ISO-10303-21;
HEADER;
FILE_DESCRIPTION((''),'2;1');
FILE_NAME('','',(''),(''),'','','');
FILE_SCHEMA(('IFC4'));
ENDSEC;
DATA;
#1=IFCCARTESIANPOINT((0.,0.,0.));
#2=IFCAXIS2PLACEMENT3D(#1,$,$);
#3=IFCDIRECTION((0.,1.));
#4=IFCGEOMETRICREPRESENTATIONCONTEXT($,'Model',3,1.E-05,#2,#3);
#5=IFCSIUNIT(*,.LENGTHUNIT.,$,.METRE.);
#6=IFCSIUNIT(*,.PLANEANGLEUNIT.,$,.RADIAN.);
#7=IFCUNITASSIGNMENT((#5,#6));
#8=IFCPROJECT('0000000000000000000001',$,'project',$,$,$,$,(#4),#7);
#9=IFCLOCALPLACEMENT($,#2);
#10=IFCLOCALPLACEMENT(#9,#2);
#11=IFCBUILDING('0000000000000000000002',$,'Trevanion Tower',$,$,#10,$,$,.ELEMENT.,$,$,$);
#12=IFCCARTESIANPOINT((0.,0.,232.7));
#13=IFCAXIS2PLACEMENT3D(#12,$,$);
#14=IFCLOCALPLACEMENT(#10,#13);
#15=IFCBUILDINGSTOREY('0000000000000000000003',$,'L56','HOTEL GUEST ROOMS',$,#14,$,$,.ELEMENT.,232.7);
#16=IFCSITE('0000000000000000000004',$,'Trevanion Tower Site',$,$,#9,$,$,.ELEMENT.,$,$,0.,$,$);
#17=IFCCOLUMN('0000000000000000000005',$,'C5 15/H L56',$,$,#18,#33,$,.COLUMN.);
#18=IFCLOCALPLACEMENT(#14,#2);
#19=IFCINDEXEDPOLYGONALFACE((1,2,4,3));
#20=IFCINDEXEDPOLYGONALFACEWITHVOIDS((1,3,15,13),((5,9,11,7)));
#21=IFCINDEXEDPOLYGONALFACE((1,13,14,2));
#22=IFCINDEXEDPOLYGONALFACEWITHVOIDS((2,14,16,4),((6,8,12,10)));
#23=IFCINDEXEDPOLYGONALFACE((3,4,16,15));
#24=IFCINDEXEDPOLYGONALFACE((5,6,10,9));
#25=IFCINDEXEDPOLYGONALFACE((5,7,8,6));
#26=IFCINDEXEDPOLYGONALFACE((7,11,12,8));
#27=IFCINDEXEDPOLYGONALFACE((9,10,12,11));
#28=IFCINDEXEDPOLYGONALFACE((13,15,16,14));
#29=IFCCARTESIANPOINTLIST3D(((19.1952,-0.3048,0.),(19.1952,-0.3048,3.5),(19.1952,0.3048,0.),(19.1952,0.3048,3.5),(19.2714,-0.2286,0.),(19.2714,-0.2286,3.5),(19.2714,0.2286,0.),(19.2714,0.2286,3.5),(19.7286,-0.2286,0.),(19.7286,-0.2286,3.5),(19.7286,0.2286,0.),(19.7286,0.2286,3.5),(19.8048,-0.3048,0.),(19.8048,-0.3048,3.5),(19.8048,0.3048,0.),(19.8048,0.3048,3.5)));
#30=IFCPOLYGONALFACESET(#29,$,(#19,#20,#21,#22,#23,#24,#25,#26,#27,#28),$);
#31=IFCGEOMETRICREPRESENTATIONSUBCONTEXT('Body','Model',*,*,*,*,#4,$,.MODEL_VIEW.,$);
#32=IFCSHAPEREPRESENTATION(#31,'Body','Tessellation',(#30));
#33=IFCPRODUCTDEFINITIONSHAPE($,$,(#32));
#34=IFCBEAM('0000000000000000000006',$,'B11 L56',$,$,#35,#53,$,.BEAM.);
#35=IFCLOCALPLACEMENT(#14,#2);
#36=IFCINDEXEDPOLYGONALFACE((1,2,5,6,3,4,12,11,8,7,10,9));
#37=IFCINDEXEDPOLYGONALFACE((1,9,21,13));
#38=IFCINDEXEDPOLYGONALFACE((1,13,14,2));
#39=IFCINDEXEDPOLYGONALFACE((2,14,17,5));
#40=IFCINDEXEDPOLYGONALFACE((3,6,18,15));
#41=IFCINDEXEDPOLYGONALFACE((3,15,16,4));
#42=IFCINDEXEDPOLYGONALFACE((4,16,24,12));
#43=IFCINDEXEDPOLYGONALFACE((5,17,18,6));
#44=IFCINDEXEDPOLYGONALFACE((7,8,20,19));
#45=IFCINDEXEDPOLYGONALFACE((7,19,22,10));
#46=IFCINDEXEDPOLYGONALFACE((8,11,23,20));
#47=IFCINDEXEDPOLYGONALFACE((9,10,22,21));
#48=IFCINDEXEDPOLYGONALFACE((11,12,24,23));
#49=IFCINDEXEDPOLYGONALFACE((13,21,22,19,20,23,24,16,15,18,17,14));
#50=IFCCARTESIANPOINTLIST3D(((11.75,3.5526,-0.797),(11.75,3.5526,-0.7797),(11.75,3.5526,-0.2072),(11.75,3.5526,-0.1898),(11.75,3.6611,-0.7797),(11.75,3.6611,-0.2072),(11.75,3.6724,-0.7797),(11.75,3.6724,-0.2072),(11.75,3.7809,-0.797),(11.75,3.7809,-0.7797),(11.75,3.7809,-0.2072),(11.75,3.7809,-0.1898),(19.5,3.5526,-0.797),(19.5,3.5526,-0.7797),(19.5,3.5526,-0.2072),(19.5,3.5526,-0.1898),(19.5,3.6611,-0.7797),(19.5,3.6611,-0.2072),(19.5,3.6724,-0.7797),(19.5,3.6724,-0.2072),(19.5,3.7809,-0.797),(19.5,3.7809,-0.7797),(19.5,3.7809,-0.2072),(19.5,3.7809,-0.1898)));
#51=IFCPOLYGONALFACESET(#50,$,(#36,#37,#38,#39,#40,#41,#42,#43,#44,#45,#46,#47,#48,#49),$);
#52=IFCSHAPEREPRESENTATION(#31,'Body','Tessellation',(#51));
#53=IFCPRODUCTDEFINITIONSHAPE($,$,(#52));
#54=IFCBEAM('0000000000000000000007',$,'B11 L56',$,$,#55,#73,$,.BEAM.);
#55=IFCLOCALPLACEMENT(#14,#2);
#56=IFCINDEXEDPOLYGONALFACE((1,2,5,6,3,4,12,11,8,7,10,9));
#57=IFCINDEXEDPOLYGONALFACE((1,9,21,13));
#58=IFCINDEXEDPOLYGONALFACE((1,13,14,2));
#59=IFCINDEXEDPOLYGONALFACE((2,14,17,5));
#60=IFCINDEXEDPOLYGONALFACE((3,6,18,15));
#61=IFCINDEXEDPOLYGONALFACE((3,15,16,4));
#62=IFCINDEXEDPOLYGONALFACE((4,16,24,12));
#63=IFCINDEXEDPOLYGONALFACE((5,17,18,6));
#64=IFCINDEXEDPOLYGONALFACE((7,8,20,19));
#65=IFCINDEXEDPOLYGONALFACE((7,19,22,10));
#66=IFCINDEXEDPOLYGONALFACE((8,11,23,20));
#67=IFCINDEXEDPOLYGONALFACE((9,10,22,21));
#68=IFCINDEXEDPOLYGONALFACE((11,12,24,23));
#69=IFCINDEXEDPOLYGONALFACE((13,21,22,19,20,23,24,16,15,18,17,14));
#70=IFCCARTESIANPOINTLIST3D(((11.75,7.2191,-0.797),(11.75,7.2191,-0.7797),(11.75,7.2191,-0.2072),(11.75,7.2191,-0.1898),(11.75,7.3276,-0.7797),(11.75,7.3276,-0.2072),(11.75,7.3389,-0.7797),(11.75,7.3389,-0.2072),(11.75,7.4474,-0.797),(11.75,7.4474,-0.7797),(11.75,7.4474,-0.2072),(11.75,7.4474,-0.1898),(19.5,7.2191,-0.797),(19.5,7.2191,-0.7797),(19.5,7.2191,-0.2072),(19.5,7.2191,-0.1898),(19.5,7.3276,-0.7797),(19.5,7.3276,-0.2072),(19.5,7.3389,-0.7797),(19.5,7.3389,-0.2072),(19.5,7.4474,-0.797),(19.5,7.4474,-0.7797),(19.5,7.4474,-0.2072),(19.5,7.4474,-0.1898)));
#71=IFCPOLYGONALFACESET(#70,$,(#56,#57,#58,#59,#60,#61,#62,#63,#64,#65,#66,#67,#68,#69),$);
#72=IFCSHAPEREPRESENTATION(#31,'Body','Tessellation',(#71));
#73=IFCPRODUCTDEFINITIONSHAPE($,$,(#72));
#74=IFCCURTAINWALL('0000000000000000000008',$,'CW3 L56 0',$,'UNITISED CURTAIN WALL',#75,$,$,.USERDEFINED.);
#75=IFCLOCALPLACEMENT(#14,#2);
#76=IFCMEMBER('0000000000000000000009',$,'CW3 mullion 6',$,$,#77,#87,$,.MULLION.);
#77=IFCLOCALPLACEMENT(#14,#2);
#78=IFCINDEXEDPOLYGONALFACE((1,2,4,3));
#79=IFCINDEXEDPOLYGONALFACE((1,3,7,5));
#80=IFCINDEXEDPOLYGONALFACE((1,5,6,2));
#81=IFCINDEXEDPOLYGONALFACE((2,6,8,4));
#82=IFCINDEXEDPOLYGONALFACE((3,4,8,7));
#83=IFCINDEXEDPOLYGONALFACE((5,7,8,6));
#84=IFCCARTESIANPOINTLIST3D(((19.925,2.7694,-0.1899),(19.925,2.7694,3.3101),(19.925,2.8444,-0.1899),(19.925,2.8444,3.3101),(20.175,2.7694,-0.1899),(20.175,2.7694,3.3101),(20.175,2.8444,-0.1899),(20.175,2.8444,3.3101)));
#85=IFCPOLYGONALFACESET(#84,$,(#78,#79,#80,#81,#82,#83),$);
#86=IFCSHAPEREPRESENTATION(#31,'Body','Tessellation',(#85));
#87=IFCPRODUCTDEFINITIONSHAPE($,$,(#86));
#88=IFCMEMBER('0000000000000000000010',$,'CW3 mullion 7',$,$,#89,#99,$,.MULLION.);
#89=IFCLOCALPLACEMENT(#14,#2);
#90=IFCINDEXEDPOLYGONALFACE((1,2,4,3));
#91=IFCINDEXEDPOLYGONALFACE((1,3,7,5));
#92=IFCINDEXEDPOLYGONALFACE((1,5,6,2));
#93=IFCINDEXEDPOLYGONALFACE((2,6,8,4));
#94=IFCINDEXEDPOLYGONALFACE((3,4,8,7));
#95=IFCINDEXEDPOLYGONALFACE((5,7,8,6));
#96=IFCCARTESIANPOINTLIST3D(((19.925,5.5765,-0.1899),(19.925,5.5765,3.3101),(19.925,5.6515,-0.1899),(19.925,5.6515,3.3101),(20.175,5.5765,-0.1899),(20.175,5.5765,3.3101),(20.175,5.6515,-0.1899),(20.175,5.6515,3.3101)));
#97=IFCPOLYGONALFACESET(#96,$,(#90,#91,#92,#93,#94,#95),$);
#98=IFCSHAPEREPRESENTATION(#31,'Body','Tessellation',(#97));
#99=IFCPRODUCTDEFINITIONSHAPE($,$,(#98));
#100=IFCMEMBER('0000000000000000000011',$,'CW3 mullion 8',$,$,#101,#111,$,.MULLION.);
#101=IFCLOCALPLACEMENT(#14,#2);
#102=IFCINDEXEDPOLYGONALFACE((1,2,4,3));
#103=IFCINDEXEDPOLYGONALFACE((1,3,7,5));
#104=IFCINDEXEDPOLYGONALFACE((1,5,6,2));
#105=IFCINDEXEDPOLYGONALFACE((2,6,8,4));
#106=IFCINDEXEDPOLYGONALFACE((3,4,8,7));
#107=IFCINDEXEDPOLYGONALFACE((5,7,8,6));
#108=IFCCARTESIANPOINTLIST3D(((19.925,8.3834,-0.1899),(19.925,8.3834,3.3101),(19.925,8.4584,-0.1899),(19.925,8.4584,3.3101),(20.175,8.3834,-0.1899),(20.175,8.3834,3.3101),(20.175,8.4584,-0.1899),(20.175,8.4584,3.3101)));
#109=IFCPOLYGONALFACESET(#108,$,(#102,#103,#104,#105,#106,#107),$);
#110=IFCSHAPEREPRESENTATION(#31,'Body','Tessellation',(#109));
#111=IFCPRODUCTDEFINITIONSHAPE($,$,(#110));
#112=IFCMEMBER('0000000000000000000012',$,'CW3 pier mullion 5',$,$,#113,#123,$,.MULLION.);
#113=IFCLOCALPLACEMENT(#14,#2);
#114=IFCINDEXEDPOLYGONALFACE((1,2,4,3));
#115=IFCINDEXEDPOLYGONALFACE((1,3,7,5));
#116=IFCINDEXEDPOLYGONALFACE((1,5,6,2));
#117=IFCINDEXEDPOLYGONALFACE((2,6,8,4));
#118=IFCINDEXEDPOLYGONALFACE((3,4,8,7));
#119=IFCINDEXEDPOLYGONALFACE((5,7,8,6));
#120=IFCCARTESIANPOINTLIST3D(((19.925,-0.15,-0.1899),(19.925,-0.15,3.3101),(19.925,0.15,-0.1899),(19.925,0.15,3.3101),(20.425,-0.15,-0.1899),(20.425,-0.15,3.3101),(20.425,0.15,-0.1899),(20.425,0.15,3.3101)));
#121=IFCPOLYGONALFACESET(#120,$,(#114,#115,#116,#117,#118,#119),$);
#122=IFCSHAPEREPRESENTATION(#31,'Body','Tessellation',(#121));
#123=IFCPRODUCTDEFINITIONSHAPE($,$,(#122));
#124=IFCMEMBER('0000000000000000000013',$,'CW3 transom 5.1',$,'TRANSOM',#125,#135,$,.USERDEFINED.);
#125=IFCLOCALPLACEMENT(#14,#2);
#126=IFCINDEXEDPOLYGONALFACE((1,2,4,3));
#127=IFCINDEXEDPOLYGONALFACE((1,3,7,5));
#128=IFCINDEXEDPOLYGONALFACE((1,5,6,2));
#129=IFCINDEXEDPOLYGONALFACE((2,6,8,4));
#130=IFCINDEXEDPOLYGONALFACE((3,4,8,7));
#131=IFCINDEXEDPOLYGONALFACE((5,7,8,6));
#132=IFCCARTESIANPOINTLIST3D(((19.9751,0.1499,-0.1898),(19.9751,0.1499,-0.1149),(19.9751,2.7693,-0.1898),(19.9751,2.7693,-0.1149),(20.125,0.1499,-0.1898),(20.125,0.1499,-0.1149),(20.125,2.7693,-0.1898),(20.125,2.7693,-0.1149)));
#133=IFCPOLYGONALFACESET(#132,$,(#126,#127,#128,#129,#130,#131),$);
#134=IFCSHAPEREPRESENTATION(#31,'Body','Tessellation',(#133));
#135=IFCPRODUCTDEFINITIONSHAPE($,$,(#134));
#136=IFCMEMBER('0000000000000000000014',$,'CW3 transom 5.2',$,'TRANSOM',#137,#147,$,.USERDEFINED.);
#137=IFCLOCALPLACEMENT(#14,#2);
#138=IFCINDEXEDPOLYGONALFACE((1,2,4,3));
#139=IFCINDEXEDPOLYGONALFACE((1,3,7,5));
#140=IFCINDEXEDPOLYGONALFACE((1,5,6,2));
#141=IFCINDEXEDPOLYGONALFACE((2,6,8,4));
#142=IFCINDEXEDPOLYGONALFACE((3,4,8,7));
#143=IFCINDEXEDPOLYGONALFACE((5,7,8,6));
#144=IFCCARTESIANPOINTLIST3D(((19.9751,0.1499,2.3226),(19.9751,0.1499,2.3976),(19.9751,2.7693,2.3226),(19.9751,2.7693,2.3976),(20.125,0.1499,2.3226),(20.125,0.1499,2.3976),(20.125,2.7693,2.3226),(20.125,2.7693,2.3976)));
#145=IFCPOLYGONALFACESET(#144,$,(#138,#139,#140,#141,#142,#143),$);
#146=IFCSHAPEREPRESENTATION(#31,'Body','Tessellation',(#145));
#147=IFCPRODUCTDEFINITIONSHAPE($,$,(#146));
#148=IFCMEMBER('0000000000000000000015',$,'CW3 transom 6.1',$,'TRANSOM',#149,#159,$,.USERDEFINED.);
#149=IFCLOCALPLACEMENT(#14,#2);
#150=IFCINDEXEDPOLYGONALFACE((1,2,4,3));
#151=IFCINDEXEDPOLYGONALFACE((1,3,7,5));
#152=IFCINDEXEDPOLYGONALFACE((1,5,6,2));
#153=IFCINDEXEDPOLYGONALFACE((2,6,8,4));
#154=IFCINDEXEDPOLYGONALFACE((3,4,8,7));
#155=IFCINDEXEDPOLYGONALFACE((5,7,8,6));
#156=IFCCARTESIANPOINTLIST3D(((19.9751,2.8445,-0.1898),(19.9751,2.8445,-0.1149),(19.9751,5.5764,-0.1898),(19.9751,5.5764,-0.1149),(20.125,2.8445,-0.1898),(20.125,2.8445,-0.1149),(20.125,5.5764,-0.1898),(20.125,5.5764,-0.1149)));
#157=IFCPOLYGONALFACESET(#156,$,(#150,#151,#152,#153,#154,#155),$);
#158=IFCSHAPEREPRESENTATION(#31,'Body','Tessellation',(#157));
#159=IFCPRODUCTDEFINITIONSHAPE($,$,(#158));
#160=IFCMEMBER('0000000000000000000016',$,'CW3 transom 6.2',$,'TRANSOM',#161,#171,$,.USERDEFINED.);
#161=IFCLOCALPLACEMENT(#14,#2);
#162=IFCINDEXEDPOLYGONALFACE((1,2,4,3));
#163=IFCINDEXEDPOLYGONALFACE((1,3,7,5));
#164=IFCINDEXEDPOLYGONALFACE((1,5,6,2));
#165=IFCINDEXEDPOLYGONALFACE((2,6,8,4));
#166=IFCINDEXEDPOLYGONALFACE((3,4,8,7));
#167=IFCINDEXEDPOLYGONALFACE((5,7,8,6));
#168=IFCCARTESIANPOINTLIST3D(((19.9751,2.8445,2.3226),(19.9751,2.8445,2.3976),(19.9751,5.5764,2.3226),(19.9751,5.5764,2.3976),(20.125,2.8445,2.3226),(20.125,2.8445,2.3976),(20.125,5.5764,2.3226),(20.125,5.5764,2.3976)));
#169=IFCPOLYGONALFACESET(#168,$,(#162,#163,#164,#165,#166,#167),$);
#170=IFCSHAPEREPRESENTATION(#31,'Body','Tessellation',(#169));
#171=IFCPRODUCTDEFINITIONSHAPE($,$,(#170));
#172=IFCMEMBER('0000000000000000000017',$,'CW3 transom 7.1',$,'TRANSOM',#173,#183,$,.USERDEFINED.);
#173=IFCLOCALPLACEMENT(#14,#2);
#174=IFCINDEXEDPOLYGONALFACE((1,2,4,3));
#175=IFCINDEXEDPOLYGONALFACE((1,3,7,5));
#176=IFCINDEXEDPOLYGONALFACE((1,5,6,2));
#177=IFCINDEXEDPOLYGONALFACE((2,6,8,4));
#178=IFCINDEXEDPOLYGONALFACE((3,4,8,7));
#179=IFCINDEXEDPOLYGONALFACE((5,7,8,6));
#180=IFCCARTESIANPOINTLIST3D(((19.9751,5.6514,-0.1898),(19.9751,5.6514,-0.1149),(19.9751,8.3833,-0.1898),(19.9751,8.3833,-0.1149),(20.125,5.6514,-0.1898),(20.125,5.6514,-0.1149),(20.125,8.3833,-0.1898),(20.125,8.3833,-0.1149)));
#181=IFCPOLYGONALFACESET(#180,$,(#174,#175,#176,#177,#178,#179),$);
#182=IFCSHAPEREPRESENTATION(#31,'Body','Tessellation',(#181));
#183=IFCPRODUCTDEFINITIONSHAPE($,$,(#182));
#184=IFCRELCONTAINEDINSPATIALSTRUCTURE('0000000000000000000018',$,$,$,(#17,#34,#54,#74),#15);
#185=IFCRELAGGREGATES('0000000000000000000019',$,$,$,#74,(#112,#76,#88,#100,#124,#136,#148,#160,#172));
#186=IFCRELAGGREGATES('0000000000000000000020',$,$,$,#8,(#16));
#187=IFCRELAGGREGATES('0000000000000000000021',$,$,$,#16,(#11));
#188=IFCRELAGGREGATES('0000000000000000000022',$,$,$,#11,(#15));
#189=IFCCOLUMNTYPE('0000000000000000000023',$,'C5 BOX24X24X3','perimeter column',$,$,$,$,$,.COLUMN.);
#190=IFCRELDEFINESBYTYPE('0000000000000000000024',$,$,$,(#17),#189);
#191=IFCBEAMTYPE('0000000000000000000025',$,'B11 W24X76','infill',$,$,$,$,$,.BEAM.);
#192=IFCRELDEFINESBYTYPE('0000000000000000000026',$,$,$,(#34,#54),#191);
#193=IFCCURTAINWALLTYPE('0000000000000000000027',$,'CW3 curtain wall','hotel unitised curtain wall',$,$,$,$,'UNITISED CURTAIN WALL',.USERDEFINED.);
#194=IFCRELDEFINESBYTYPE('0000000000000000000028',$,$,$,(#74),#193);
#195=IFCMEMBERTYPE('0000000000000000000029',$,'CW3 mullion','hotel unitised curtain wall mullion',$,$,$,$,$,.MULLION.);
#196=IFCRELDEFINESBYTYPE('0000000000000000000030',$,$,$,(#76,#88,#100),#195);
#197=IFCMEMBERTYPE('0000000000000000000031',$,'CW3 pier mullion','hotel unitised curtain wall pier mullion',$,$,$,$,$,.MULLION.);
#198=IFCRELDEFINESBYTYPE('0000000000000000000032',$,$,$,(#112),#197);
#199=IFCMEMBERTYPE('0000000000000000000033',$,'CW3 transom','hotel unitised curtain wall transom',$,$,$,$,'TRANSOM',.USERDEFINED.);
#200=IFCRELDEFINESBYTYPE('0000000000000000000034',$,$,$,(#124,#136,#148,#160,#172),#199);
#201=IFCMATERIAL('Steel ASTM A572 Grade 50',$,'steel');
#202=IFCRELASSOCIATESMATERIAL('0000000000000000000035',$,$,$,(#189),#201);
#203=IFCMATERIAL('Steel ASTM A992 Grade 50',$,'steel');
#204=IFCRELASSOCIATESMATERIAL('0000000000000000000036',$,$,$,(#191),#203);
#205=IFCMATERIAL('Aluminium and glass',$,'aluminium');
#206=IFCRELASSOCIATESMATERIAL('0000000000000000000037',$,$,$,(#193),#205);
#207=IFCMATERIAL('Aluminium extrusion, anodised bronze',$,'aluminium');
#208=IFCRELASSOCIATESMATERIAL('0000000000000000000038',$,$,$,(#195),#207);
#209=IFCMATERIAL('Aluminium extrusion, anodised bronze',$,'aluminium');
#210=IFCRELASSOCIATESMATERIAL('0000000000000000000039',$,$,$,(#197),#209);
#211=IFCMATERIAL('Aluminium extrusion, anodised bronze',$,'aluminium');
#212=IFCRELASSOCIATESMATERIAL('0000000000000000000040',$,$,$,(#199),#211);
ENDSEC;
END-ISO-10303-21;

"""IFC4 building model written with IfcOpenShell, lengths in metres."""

from ifc_helpers import new_model, si_unit, direction, frame, origin, origin_2d, place, context, subcontext, project, spatial, rectangle, hollow_rectangle, i_section, extrude, material, material_profile, profile_set, type_object, element, aggregate, save


model = new_model("IFC4")

# Units and contexts
model_context = context("Model", 3, precision=1e-05, world=origin(), true_north=direction((0.0, 1.0)))
body_context = subcontext(model_context, "Body", "Model", "MODEL_VIEW")
ifc_project = project(units=[si_unit("LENGTHUNIT", "METRE"), si_unit("PLANEANGLEUNIT", "RADIAN")], contexts=[model_context])

# Site, building, storey
site_placement = place(None, origin())
site = spatial("IfcSite", under=ifc_project, at=site_placement, Name="Trevanion Tower Site", CompositionType="ELEMENT", RefElevation=0.0)
building_placement = place(site_placement, origin())
building = spatial("IfcBuilding", under=site, at=building_placement, Name="Trevanion Tower", CompositionType="ELEMENT")
storey_placement = place(building_placement, frame((0.0, 0.0, 232.7)))
storey = spatial("IfcBuildingStorey", under=building, at=storey_placement, Name="L56", Description="HOTEL GUEST ROOMS", CompositionType="ELEMENT", Elevation=232.7)

# Column
ifc_material_1 = material(Name="Steel ASTM A572 Grade 50", Category="steel")
ifc_material_profile_1 = material_profile(ifc_material_1, hollow_rectangle(XDim=0.6096, YDim=0.6096, WallThickness=0.0762, at=origin_2d()), Name="BOX24X24X3")
ifc_profile_set_1 = profile_set([ifc_material_profile_1], Name="Steel ASTM A572 Grade 50")
column_type = type_object("IfcColumnType", Name="C5 BOX24X24X3", Description="perimeter column", PredefinedType="COLUMN", material=ifc_profile_set_1)
column_placement = place(storey_placement, frame((19.5, 0.0, 0.0), z_axis=(0.0, 0.0, 1.0), x_axis=(0.0, 1.0, 0.0)))
element("IfcColumn", 1, at=column_placement, inside=storey, type_object=column_type, Name="C5 15/H L56", PredefinedType="COLUMN", context=body_context, shape_type="SweptSolid", body=[
    extrude(hollow_rectangle(XDim=0.6096, YDim=0.6096, WallThickness=0.0762, at=origin_2d()), origin(), (0.0, 0.0, 1.0), 3.5),
])

# Beams
ifc_material_2 = material(Name="Steel ASTM A992 Grade 50", Category="steel")
ifc_material_profile_2 = material_profile(ifc_material_2, i_section(OverallWidth=0.2283, OverallDepth=0.6072, WebThickness=0.0112, FlangeThickness=0.0173, at=origin_2d()), Name="W24X76")
ifc_profile_set_2 = profile_set([ifc_material_profile_2], Name="Steel ASTM A992 Grade 50")
beam_type_1 = type_object("IfcBeamType", Name="B11 W24X76", Description="infill", PredefinedType="BEAM", material=ifc_profile_set_2)
for number, where, z_axis, x_axis, name in (
    (2, (11.75, 3.6667, -0.4934), (1.0, 0.0, 0.0), (0.0, 1.0, 0.0), "B11 L56"),
    (3, (11.75, 7.3333, -0.4934), (1.0, 0.0, 0.0), (0.0, 1.0, 0.0), "B11 L56"),
):
    element("IfcBeam", number, at=place(storey_placement, frame(where, z_axis=z_axis, x_axis=x_axis)), inside=storey, type_object=beam_type_1, Name=name, PredefinedType="BEAM", context=body_context, shape_type="SweptSolid", body=[
        extrude(i_section(OverallWidth=0.2283, OverallDepth=0.6072, WebThickness=0.0112, FlangeThickness=0.0173, at=origin_2d()), origin(), (0.0, 0.0, 1.0), 7.75),
    ])

# Curtain wall, members
ifc_material_3 = material(Name="Aluminium and glass", Category="aluminium")
curtain_wall_type = type_object("IfcCurtainWallType", Name="CW3 curtain wall", Description="hotel unitised curtain wall", ElementType="UNITISED CURTAIN WALL", PredefinedType="USERDEFINED", material=ifc_material_3)
curtain_wall_placement = place(storey_placement, origin())
curtain_wall = element("IfcCurtainWall", 4, at=curtain_wall_placement, inside=storey, type_object=curtain_wall_type, Name="CW3 L56 0", ObjectType="UNITISED CURTAIN WALL", PredefinedType="USERDEFINED")
ifc_material_4 = material(Name="Aluminium extrusion, anodised bronze", Category="aluminium")
ifc_material_profile_3 = material_profile(ifc_material_4, rectangle(XDim=0.075, YDim=0.25, at=origin_2d()), Name="CW3 mullion")
ifc_profile_set_3 = profile_set([ifc_material_profile_3], Name="Aluminium extrusion, anodised bronze")
member_type_1 = type_object("IfcMemberType", Name="CW3 mullion", Description="hotel unitised curtain wall mullion", PredefinedType="MULLION", material=ifc_profile_set_3)
member_1_placement = place(storey_placement, frame((20.05, 2.8069, -0.1899), z_axis=(0.0, 0.0, 1.0), x_axis=(0.0, 1.0, 0.0)))
member_1 = element("IfcMember", 5, at=member_1_placement, type_object=member_type_1, Name="CW3 mullion 6", PredefinedType="MULLION", context=body_context, shape_type="SweptSolid", body=[
    extrude(rectangle(XDim=0.075, YDim=0.25, at=origin_2d()), origin(), (0.0, 0.0, 1.0), 3.5),
])
member_2_placement = place(storey_placement, frame((20.05, 5.614, -0.1899), z_axis=(0.0, 0.0, 1.0), x_axis=(0.0, 1.0, 0.0)))
member_2 = element("IfcMember", 6, at=member_2_placement, type_object=member_type_1, Name="CW3 mullion 7", PredefinedType="MULLION", context=body_context, shape_type="SweptSolid", body=[
    extrude(rectangle(XDim=0.075, YDim=0.25, at=origin_2d()), origin(), (0.0, 0.0, 1.0), 3.5),
])
member_3_placement = place(storey_placement, frame((20.05, 8.4209, -0.1899), z_axis=(0.0, 0.0, 1.0), x_axis=(0.0, 1.0, 0.0)))
member_3 = element("IfcMember", 7, at=member_3_placement, type_object=member_type_1, Name="CW3 mullion 8", PredefinedType="MULLION", context=body_context, shape_type="SweptSolid", body=[
    extrude(rectangle(XDim=0.075, YDim=0.25, at=origin_2d()), origin(), (0.0, 0.0, 1.0), 3.5),
])
ifc_material_5 = material(Name="Aluminium extrusion, anodised bronze", Category="aluminium")
ifc_material_profile_4 = material_profile(ifc_material_5, rectangle(XDim=0.3, YDim=0.5, at=origin_2d()), Name="CW3 pier mullion")
ifc_profile_set_4 = profile_set([ifc_material_profile_4], Name="Aluminium extrusion, anodised bronze")
member_type_2 = type_object("IfcMemberType", Name="CW3 pier mullion", Description="hotel unitised curtain wall pier mullion", PredefinedType="MULLION", material=ifc_profile_set_4)
member_4_placement = place(storey_placement, frame((20.175, 0.0, -0.1899), z_axis=(0.0, 0.0, 1.0), x_axis=(0.0, 1.0, 0.0)))
member_4 = element("IfcMember", 8, at=member_4_placement, type_object=member_type_2, Name="CW3 pier mullion 5", PredefinedType="MULLION", context=body_context, shape_type="SweptSolid", body=[
    extrude(rectangle(XDim=0.3, YDim=0.5, at=origin_2d()), origin(), (0.0, 0.0, 1.0), 3.5),
])
ifc_material_6 = material(Name="Aluminium extrusion, anodised bronze", Category="aluminium")
ifc_material_profile_5 = material_profile(ifc_material_6, rectangle(XDim=0.1499, YDim=0.075, at=origin_2d()), Name="CW3 transom")
ifc_profile_set_5 = profile_set([ifc_material_profile_5], Name="Aluminium extrusion, anodised bronze")
member_type_3 = type_object("IfcMemberType", Name="CW3 transom", Description="hotel unitised curtain wall transom", ElementType="TRANSOM", PredefinedType="USERDEFINED", material=ifc_profile_set_5)
member_5_placement = place(storey_placement, frame((20.05, 0.1499, -0.1523), z_axis=(0.0, 1.0, 0.0), x_axis=(-1.0, 0.0, 0.0)))
member_5 = element("IfcMember", 9, at=member_5_placement, type_object=member_type_3, Name="CW3 transom 5.1", ObjectType="TRANSOM", PredefinedType="USERDEFINED", context=body_context, shape_type="SweptSolid", body=[
    extrude(rectangle(XDim=0.1499, YDim=0.075, at=origin_2d()), origin(), (0.0, 0.0, 1.0), 2.6194),
])
member_6_placement = place(storey_placement, frame((20.05, 0.1499, 2.3601), z_axis=(0.0, 1.0, 0.0), x_axis=(-1.0, 0.0, 0.0)))
member_6 = element("IfcMember", 10, at=member_6_placement, type_object=member_type_3, Name="CW3 transom 5.2", ObjectType="TRANSOM", PredefinedType="USERDEFINED", context=body_context, shape_type="SweptSolid", body=[
    extrude(rectangle(XDim=0.1499, YDim=0.075, at=origin_2d()), origin(), (0.0, 0.0, 1.0), 2.6194),
])
member_7_placement = place(storey_placement, frame((20.05, 2.8445, -0.1523), z_axis=(0.0, 1.0, 0.0), x_axis=(-1.0, 0.0, 0.0)))
member_7 = element("IfcMember", 11, at=member_7_placement, type_object=member_type_3, Name="CW3 transom 6.1", ObjectType="TRANSOM", PredefinedType="USERDEFINED", context=body_context, shape_type="SweptSolid", body=[
    extrude(rectangle(XDim=0.1499, YDim=0.075, at=origin_2d()), origin(), (0.0, 0.0, 1.0), 2.7319),
])
member_8_placement = place(storey_placement, frame((20.05, 2.8445, 2.3601), z_axis=(0.0, 1.0, 0.0), x_axis=(-1.0, 0.0, 0.0)))
member_8 = element("IfcMember", 12, at=member_8_placement, type_object=member_type_3, Name="CW3 transom 6.2", ObjectType="TRANSOM", PredefinedType="USERDEFINED", context=body_context, shape_type="SweptSolid", body=[
    extrude(rectangle(XDim=0.1499, YDim=0.075, at=origin_2d()), origin(), (0.0, 0.0, 1.0), 2.7319),
])
member_9_placement = place(storey_placement, frame((20.05, 5.6514, -0.1523), z_axis=(0.0, 1.0, 0.0), x_axis=(-1.0, 0.0, 0.0)))
member_9 = element("IfcMember", 13, at=member_9_placement, type_object=member_type_3, Name="CW3 transom 7.1", ObjectType="TRANSOM", PredefinedType="USERDEFINED", context=body_context, shape_type="SweptSolid", body=[
    extrude(rectangle(XDim=0.1499, YDim=0.075, at=origin_2d()), origin(), (0.0, 0.0, 1.0), 2.7319),
])

aggregate(curtain_wall, [member_4, member_1, member_2, member_3, member_5, member_6, member_7, member_8, member_9])

save(model, "model.ifc")
